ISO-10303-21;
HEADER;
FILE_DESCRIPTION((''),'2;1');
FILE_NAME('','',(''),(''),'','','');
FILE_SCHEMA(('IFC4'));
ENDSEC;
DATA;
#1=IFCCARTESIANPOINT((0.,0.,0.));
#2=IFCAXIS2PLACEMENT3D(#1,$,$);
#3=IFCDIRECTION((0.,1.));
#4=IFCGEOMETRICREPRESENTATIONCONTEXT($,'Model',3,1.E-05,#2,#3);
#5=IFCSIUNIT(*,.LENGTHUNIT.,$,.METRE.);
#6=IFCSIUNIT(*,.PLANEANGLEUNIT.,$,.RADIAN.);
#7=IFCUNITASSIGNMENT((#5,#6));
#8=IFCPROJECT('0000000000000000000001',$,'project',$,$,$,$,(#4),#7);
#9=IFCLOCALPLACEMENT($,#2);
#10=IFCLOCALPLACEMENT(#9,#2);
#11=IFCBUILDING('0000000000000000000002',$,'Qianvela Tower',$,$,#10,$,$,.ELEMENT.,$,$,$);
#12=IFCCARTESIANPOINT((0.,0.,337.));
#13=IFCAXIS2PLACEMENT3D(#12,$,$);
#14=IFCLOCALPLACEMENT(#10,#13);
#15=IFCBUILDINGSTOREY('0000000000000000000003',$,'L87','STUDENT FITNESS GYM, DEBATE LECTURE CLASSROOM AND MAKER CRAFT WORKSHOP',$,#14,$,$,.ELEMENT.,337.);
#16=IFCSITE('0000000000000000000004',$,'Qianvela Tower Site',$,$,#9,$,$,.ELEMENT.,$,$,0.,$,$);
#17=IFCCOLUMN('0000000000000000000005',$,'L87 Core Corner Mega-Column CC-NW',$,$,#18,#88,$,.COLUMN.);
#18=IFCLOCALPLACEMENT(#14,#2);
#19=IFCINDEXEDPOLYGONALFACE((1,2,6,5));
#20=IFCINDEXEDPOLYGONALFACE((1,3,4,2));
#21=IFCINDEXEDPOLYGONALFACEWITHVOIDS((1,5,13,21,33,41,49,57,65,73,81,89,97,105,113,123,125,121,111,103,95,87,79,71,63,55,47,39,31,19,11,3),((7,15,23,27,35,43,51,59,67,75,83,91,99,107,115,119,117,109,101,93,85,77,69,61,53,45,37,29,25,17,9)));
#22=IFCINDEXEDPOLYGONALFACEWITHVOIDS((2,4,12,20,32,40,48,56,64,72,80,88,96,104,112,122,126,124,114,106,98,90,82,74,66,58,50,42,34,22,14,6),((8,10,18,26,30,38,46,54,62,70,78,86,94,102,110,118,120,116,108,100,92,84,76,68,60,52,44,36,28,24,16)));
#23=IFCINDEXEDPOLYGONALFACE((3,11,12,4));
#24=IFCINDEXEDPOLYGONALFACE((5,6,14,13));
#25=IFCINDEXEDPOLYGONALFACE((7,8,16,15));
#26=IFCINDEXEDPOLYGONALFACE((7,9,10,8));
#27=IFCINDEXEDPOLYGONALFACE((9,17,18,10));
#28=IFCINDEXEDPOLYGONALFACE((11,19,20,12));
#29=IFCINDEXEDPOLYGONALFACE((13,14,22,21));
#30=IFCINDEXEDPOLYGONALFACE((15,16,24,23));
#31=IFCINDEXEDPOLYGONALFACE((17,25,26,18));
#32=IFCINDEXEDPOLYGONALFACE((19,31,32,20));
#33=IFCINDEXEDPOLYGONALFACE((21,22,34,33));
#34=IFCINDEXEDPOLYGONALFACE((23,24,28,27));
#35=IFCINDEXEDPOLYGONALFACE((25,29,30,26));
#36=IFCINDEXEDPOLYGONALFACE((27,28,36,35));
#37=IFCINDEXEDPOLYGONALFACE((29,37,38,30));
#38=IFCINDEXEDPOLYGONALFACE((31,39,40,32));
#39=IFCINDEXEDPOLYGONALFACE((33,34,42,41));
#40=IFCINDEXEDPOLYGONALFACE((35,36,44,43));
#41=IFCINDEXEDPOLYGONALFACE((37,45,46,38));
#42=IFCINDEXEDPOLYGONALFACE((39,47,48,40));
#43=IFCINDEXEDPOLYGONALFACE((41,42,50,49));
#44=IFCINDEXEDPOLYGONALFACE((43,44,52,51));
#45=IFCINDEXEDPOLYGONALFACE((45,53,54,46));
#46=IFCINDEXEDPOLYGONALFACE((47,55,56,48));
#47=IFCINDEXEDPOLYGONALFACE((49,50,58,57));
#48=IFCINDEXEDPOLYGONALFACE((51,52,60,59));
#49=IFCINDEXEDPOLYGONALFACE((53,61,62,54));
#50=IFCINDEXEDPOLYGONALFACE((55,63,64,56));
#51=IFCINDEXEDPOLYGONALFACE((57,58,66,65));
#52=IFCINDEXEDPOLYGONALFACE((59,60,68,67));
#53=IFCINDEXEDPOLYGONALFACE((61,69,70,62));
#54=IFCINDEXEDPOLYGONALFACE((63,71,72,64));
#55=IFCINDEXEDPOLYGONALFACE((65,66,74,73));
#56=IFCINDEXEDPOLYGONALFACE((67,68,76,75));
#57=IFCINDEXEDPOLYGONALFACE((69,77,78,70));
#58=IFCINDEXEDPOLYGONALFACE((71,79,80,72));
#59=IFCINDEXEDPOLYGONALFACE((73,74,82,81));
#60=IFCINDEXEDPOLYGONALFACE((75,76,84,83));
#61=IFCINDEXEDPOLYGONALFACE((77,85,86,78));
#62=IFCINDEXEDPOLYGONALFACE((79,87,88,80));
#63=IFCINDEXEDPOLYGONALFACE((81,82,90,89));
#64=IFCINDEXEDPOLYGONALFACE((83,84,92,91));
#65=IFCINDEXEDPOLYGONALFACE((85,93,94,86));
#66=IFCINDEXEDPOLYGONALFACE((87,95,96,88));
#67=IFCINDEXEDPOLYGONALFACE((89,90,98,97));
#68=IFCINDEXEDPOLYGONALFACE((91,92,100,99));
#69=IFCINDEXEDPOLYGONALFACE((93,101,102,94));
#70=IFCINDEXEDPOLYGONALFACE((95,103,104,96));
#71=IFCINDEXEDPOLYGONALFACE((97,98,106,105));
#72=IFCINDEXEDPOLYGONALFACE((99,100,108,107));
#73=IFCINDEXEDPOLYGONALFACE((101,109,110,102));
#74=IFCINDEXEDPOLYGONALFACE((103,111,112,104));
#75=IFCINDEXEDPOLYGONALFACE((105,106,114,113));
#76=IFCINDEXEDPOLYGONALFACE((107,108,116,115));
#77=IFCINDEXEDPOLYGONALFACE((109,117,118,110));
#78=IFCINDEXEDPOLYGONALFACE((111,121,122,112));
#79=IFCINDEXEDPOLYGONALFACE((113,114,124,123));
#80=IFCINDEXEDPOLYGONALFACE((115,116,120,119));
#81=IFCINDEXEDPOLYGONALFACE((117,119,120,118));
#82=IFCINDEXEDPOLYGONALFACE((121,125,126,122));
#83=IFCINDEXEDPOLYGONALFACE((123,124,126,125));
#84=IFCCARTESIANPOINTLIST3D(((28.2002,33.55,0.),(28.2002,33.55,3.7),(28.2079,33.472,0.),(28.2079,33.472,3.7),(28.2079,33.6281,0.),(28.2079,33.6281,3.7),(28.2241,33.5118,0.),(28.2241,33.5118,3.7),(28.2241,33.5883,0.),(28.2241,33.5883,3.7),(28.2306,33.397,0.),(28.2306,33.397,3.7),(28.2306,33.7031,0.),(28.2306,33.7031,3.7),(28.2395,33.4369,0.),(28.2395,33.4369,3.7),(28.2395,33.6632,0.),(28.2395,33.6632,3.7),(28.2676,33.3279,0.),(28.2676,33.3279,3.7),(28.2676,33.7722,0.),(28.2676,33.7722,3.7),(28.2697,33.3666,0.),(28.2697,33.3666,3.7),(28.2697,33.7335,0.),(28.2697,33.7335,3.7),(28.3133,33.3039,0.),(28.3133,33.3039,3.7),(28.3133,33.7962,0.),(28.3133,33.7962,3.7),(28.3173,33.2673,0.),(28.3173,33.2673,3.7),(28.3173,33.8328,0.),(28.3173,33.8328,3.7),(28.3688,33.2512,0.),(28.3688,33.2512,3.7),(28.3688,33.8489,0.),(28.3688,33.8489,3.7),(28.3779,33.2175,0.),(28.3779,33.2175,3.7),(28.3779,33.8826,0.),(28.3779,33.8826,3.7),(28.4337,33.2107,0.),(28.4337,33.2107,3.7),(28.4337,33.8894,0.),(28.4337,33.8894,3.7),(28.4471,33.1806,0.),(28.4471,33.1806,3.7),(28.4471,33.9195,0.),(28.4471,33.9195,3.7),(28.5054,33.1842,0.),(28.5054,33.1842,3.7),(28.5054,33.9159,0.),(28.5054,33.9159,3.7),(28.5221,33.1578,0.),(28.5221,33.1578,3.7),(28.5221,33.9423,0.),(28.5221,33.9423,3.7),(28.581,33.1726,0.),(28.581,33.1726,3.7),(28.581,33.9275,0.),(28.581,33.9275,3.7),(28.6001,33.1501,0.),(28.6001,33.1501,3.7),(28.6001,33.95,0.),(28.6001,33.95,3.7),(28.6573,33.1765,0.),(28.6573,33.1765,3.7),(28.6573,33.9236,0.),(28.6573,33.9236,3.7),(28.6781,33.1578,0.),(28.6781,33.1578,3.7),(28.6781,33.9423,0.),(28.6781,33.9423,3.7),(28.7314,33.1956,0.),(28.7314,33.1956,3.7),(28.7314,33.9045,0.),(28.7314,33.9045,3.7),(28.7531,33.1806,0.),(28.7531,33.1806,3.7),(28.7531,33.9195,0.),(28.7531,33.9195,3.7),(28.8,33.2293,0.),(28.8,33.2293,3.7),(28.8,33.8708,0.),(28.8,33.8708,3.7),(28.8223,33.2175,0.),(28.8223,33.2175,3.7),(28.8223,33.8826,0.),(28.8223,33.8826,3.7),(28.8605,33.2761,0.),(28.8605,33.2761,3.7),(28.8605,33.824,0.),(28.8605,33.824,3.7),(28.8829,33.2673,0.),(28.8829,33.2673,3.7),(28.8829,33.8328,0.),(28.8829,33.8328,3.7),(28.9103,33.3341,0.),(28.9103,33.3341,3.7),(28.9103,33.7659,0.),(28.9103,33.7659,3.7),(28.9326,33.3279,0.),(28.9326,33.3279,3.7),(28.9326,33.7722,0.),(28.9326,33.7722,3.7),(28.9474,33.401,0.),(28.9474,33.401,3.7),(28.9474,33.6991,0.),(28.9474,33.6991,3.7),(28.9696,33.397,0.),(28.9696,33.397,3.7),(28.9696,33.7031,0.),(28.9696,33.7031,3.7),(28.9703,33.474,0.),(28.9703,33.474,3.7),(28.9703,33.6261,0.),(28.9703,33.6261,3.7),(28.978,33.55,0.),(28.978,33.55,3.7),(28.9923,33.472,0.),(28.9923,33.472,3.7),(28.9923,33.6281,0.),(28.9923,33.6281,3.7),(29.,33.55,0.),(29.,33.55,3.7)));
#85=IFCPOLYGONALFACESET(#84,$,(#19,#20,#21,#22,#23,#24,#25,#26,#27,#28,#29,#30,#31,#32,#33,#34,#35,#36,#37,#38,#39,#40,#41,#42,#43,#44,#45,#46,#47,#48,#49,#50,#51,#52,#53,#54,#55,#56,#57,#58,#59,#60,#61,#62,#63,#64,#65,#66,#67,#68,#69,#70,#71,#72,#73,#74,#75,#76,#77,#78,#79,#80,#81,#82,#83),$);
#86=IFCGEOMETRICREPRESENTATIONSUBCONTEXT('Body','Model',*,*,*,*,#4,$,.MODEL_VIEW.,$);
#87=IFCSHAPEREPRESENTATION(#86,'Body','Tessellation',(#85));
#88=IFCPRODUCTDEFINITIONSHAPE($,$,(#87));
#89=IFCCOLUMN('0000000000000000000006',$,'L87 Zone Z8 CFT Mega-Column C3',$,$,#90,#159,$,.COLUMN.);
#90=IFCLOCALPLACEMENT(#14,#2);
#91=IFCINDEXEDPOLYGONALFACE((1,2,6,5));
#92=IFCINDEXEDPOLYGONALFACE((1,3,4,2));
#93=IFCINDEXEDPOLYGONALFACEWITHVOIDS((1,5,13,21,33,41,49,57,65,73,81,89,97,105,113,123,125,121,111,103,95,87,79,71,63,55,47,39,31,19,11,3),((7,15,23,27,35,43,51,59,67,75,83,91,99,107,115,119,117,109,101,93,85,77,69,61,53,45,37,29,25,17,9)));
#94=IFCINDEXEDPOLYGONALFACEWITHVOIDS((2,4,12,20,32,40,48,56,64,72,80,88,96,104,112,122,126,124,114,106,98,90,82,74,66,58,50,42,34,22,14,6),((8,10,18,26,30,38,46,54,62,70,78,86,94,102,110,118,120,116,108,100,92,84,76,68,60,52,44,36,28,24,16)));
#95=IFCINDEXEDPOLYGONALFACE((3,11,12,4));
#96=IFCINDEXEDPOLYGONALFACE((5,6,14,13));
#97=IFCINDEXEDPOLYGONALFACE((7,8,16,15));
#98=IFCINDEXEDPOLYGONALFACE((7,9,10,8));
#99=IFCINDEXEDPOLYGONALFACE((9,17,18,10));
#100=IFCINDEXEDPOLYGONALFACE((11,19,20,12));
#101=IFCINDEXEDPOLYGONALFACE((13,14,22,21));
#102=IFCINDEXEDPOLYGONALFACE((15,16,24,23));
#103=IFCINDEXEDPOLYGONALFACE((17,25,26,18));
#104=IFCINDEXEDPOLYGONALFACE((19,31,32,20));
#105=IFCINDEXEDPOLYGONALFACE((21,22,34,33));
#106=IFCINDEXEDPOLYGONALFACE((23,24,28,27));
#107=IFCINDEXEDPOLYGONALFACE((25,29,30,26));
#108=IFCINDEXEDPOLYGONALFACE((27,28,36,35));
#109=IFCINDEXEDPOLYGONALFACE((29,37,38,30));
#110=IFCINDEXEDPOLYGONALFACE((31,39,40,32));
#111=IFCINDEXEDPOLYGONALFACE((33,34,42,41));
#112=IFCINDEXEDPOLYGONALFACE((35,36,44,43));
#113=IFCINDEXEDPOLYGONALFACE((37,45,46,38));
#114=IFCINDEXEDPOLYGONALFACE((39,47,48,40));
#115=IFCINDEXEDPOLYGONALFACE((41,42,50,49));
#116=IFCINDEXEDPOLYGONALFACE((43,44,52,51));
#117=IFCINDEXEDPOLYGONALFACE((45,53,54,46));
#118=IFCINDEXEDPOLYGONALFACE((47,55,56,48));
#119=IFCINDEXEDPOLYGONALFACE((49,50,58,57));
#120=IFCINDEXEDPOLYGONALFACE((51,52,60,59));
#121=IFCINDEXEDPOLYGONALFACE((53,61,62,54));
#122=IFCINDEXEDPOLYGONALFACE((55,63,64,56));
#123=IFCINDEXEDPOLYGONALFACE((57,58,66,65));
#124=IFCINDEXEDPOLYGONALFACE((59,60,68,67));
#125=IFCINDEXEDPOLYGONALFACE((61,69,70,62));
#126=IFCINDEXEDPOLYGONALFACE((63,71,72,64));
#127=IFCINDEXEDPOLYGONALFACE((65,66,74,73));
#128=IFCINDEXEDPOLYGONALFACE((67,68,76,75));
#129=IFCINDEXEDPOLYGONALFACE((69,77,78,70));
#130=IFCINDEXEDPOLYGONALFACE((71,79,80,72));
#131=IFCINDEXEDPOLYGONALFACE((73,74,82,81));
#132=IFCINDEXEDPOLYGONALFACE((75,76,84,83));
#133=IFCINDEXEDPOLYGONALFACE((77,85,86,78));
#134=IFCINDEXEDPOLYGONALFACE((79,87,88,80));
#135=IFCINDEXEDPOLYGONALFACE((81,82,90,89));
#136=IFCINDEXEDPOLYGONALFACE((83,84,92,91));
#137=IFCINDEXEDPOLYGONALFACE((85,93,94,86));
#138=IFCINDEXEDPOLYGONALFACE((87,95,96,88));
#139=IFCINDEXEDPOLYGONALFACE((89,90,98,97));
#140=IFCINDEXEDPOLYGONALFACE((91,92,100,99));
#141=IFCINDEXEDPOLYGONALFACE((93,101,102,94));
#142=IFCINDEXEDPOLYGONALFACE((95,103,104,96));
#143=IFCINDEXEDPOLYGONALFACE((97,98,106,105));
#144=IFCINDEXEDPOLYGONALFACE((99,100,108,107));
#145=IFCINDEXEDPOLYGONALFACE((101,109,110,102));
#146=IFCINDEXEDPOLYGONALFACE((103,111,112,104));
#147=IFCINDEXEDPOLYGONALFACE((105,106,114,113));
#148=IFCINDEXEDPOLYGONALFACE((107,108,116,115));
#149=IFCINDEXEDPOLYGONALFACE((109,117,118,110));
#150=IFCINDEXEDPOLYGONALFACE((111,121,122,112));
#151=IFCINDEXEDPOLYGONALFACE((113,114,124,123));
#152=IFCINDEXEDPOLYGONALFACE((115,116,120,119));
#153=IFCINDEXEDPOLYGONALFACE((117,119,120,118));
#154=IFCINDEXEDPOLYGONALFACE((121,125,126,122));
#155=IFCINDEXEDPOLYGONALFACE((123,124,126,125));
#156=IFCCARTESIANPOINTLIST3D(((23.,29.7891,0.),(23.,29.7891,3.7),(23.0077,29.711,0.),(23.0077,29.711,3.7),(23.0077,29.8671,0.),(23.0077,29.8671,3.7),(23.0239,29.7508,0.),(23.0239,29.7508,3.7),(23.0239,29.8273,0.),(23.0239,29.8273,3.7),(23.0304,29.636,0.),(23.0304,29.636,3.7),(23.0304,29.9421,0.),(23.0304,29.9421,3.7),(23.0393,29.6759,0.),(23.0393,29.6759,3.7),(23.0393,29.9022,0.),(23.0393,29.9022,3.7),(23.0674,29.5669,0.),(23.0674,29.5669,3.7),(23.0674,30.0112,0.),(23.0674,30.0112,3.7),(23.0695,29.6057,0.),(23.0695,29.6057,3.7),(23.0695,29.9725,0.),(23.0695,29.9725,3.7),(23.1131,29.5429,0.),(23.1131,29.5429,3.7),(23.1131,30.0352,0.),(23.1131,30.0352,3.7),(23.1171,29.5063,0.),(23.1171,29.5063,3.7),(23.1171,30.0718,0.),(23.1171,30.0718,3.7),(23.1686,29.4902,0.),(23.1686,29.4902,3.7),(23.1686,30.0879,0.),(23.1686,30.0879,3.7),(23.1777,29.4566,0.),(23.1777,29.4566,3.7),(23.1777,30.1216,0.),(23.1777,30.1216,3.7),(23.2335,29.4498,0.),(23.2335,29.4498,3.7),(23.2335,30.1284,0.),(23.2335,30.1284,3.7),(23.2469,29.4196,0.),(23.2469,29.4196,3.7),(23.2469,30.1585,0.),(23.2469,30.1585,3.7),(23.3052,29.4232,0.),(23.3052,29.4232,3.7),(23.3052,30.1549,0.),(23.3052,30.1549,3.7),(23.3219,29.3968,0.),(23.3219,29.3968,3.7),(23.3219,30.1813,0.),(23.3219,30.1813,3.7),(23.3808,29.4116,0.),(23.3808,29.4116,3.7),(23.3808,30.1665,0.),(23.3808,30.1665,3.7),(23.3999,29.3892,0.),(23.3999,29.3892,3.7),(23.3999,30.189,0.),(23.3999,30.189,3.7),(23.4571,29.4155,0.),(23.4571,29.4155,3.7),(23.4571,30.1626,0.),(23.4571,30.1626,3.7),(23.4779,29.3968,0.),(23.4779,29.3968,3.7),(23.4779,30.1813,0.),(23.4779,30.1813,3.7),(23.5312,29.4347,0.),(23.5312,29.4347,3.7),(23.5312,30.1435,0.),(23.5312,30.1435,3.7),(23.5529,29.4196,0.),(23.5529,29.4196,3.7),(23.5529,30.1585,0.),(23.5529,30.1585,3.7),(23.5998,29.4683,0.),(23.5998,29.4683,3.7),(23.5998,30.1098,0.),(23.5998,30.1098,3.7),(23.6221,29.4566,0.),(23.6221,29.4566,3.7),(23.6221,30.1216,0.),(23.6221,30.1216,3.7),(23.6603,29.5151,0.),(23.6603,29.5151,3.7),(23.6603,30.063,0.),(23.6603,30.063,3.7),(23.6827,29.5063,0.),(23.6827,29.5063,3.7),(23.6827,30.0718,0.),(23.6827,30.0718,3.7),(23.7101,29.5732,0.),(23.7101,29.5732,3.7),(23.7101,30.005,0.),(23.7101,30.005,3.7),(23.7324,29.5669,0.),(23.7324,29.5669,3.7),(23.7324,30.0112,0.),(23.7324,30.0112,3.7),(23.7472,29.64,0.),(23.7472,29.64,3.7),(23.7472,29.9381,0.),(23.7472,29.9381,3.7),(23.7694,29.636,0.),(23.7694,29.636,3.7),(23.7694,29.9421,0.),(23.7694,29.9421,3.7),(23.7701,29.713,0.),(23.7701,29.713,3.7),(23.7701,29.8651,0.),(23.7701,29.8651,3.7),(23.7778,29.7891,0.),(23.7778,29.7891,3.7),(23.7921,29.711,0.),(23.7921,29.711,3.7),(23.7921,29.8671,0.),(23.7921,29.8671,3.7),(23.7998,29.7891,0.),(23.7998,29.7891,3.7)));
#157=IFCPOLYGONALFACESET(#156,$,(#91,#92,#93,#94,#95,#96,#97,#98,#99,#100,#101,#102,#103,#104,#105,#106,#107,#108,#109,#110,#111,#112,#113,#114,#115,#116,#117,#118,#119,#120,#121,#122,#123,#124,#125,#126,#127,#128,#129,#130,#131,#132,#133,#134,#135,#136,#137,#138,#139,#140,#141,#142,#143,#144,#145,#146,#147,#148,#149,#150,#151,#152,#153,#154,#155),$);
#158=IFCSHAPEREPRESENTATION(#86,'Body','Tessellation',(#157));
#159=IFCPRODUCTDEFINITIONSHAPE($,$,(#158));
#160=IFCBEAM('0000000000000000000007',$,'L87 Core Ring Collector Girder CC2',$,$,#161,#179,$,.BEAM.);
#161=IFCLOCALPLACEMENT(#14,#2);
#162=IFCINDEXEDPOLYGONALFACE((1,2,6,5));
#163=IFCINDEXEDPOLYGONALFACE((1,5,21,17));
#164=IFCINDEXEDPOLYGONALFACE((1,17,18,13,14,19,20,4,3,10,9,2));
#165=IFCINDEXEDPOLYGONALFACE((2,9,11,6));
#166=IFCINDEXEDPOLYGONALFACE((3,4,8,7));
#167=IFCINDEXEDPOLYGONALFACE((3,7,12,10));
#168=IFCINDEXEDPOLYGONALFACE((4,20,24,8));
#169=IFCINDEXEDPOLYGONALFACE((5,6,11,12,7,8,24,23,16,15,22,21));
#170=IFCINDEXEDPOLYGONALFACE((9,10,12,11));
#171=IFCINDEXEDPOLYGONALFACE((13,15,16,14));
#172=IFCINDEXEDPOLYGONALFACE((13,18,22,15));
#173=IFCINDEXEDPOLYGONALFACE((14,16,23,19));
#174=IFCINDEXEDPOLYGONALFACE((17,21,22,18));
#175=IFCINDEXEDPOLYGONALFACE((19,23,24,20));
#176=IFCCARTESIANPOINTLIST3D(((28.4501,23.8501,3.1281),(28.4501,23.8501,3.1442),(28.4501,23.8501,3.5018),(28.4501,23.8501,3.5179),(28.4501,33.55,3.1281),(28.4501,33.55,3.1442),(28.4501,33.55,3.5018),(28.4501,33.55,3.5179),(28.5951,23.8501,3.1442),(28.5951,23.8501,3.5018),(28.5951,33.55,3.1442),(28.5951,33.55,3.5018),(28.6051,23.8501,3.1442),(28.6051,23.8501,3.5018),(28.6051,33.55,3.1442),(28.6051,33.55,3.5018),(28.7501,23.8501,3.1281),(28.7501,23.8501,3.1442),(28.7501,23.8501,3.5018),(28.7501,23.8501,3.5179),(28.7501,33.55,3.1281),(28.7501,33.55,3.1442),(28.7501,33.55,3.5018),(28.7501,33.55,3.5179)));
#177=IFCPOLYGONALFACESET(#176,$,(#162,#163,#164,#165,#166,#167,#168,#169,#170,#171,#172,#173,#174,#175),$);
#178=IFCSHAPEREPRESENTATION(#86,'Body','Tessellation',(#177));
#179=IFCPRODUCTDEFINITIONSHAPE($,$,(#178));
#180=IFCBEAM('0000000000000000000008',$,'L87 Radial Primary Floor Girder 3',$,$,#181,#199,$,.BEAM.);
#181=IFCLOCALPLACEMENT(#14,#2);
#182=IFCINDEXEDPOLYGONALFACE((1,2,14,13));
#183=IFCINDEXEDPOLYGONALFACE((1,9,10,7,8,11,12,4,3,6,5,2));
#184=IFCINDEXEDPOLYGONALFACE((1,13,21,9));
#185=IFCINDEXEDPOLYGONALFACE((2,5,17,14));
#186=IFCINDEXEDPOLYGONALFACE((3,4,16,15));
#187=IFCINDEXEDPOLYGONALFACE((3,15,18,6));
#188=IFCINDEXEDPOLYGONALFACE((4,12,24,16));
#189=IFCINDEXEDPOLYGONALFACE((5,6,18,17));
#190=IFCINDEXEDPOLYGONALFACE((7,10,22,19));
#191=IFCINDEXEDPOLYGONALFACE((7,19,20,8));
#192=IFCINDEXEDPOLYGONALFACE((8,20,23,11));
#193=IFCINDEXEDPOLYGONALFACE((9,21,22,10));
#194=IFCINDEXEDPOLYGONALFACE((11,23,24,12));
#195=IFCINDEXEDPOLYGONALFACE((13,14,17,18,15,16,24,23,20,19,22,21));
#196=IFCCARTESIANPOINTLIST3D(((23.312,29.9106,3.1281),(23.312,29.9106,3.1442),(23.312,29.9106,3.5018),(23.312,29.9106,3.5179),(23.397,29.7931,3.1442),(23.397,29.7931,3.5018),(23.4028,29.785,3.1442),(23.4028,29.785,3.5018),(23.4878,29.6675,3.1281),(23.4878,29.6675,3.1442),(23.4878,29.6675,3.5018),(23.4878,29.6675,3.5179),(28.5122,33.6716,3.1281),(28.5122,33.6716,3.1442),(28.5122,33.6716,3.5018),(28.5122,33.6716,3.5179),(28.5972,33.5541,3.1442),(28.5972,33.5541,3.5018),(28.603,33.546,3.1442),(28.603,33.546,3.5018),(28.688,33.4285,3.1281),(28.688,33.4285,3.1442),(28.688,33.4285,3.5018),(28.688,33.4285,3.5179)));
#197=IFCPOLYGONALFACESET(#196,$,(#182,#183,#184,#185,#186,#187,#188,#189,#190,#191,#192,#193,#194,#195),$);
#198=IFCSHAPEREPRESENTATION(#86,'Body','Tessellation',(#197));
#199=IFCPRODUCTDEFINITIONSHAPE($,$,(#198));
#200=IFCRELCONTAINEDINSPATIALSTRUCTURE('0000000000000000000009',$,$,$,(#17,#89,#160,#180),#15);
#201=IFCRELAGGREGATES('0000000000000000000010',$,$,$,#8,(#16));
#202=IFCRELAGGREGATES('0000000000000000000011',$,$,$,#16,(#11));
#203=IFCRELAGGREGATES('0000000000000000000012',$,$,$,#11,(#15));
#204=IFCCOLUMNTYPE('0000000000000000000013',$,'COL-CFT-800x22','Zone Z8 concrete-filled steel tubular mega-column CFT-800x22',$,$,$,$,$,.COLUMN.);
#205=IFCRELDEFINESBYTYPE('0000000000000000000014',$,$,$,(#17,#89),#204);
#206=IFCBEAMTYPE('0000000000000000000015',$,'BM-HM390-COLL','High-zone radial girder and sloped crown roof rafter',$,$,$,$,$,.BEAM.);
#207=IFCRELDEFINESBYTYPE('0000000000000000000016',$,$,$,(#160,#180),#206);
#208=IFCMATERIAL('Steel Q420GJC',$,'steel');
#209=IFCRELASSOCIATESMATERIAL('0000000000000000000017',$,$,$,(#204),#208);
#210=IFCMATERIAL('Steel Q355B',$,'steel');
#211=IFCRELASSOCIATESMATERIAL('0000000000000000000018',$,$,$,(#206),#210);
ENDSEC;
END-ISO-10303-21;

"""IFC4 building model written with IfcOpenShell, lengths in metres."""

from ifc_helpers import new_model, si_unit, direction, frame, origin, origin_2d, place, context, subcontext, project, spatial, hollow_circle, i_section, extrude, material, material_profile, profile_set, type_object, element, save


model = new_model("IFC4")

# Units and contexts
model_context = context("Model", 3, precision=1e-05, world=origin(), true_north=direction((0.0, 1.0)))
body_context = subcontext(model_context, "Body", "Model", "MODEL_VIEW")
ifc_project = project(units=[si_unit("LENGTHUNIT", "METRE"), si_unit("PLANEANGLEUNIT", "RADIAN")], contexts=[model_context])

# Site, building, storey
site_placement = place(None, origin())
site = spatial("IfcSite", under=ifc_project, at=site_placement, Name="Qianvela Tower Site", CompositionType="ELEMENT", RefElevation=0.0)
building_placement = place(site_placement, origin())
building = spatial("IfcBuilding", under=site, at=building_placement, Name="Qianvela Tower", CompositionType="ELEMENT")
storey_placement = place(building_placement, frame((0.0, 0.0, 337.0)))
storey = spatial("IfcBuildingStorey", under=building, at=storey_placement, Name="L87", Description="STUDENT FITNESS GYM, DEBATE LECTURE CLASSROOM AND MAKER CRAFT WORKSHOP", CompositionType="ELEMENT", Elevation=337.0)

# Columns
ifc_material_1 = material(Name="Steel Q420GJC", Category="steel")
ifc_material_profile_1 = material_profile(ifc_material_1, hollow_circle(Radius=0.3999, WallThickness=0.022, at=origin_2d()), Name="CFT-800x22")
ifc_profile_set_1 = profile_set([ifc_material_profile_1], Name="Steel Q420GJC")
column_type = type_object("IfcColumnType", Name="COL-CFT-800x22", Description="Zone Z8 concrete-filled steel tubular mega-column CFT-800x22", PredefinedType="COLUMN", material=ifc_profile_set_1)
for number, where, z_axis, x_axis, name in (
    (1, (28.6001, 33.55, 0.0), (0.0, 0.0, 1.0), (1.0, 0.0, 0.0), "L87 Core Corner Mega-Column CC-NW"),
    (2, (23.3999, 29.7891, 0.0), (0.0, 0.0, 1.0), (1.0, 0.0, 0.0), "L87 Zone Z8 CFT Mega-Column C3"),
):
    element("IfcColumn", number, at=place(storey_placement, frame(where, z_axis=z_axis, x_axis=x_axis)), inside=storey, type_object=column_type, Name=name, PredefinedType="COLUMN", context=body_context, shape_type="SweptSolid", body=[
        extrude(hollow_circle(Radius=0.3999, WallThickness=0.022, at=origin_2d()), origin(), (0.0, 0.0, 1.0), 3.7),
    ])

# Beams
ifc_material_2 = material(Name="Steel Q355B", Category="steel")
ifc_material_profile_2 = material_profile(ifc_material_2, i_section(OverallWidth=0.3, OverallDepth=0.3899, WebThickness=0.01, FlangeThickness=0.0161, at=origin_2d()), Name="HM390x300x10x16")
ifc_profile_set_2 = profile_set([ifc_material_profile_2], Name="Steel Q355B")
beam_type_1 = type_object("IfcBeamType", Name="BM-HM390-COLL", Description="High-zone radial girder and sloped crown roof rafter", PredefinedType="BEAM", material=ifc_profile_set_2)
beam_1_placement = place(storey_placement, frame((28.6001, 33.55, 3.323), z_axis=(0.0, -1.0, 0.0), x_axis=(1.0, 0.0, 0.0)))
element("IfcBeam", 3, at=beam_1_placement, inside=storey, type_object=beam_type_1, Name="L87 Core Ring Collector Girder CC2", PredefinedType="BEAM", context=body_context, shape_type="SweptSolid", body=[
    extrude(i_section(OverallWidth=0.3, OverallDepth=0.3899, WebThickness=0.01, FlangeThickness=0.0161, at=origin_2d()), origin(), (0.0, 0.0, 1.0), 9.7),
])
beam_2_placement = place(storey_placement, frame((28.6001, 33.55, 3.323), z_axis=(-0.810288, -0.586032, 0.0), x_axis=(0.586032, -0.810288, 0.0)))
element("IfcBeam", 4, at=beam_2_placement, inside=storey, type_object=beam_type_1, Name="L87 Radial Primary Floor Girder 3", PredefinedType="BEAM", context=body_context, shape_type="SweptSolid", body=[
    extrude(i_section(OverallWidth=0.3, OverallDepth=0.3899, WebThickness=0.01, FlangeThickness=0.0161, at=origin_2d()), origin(), (0.0, 0.0, 1.0), 6.4177),
])

save(model, "model.ifc")
